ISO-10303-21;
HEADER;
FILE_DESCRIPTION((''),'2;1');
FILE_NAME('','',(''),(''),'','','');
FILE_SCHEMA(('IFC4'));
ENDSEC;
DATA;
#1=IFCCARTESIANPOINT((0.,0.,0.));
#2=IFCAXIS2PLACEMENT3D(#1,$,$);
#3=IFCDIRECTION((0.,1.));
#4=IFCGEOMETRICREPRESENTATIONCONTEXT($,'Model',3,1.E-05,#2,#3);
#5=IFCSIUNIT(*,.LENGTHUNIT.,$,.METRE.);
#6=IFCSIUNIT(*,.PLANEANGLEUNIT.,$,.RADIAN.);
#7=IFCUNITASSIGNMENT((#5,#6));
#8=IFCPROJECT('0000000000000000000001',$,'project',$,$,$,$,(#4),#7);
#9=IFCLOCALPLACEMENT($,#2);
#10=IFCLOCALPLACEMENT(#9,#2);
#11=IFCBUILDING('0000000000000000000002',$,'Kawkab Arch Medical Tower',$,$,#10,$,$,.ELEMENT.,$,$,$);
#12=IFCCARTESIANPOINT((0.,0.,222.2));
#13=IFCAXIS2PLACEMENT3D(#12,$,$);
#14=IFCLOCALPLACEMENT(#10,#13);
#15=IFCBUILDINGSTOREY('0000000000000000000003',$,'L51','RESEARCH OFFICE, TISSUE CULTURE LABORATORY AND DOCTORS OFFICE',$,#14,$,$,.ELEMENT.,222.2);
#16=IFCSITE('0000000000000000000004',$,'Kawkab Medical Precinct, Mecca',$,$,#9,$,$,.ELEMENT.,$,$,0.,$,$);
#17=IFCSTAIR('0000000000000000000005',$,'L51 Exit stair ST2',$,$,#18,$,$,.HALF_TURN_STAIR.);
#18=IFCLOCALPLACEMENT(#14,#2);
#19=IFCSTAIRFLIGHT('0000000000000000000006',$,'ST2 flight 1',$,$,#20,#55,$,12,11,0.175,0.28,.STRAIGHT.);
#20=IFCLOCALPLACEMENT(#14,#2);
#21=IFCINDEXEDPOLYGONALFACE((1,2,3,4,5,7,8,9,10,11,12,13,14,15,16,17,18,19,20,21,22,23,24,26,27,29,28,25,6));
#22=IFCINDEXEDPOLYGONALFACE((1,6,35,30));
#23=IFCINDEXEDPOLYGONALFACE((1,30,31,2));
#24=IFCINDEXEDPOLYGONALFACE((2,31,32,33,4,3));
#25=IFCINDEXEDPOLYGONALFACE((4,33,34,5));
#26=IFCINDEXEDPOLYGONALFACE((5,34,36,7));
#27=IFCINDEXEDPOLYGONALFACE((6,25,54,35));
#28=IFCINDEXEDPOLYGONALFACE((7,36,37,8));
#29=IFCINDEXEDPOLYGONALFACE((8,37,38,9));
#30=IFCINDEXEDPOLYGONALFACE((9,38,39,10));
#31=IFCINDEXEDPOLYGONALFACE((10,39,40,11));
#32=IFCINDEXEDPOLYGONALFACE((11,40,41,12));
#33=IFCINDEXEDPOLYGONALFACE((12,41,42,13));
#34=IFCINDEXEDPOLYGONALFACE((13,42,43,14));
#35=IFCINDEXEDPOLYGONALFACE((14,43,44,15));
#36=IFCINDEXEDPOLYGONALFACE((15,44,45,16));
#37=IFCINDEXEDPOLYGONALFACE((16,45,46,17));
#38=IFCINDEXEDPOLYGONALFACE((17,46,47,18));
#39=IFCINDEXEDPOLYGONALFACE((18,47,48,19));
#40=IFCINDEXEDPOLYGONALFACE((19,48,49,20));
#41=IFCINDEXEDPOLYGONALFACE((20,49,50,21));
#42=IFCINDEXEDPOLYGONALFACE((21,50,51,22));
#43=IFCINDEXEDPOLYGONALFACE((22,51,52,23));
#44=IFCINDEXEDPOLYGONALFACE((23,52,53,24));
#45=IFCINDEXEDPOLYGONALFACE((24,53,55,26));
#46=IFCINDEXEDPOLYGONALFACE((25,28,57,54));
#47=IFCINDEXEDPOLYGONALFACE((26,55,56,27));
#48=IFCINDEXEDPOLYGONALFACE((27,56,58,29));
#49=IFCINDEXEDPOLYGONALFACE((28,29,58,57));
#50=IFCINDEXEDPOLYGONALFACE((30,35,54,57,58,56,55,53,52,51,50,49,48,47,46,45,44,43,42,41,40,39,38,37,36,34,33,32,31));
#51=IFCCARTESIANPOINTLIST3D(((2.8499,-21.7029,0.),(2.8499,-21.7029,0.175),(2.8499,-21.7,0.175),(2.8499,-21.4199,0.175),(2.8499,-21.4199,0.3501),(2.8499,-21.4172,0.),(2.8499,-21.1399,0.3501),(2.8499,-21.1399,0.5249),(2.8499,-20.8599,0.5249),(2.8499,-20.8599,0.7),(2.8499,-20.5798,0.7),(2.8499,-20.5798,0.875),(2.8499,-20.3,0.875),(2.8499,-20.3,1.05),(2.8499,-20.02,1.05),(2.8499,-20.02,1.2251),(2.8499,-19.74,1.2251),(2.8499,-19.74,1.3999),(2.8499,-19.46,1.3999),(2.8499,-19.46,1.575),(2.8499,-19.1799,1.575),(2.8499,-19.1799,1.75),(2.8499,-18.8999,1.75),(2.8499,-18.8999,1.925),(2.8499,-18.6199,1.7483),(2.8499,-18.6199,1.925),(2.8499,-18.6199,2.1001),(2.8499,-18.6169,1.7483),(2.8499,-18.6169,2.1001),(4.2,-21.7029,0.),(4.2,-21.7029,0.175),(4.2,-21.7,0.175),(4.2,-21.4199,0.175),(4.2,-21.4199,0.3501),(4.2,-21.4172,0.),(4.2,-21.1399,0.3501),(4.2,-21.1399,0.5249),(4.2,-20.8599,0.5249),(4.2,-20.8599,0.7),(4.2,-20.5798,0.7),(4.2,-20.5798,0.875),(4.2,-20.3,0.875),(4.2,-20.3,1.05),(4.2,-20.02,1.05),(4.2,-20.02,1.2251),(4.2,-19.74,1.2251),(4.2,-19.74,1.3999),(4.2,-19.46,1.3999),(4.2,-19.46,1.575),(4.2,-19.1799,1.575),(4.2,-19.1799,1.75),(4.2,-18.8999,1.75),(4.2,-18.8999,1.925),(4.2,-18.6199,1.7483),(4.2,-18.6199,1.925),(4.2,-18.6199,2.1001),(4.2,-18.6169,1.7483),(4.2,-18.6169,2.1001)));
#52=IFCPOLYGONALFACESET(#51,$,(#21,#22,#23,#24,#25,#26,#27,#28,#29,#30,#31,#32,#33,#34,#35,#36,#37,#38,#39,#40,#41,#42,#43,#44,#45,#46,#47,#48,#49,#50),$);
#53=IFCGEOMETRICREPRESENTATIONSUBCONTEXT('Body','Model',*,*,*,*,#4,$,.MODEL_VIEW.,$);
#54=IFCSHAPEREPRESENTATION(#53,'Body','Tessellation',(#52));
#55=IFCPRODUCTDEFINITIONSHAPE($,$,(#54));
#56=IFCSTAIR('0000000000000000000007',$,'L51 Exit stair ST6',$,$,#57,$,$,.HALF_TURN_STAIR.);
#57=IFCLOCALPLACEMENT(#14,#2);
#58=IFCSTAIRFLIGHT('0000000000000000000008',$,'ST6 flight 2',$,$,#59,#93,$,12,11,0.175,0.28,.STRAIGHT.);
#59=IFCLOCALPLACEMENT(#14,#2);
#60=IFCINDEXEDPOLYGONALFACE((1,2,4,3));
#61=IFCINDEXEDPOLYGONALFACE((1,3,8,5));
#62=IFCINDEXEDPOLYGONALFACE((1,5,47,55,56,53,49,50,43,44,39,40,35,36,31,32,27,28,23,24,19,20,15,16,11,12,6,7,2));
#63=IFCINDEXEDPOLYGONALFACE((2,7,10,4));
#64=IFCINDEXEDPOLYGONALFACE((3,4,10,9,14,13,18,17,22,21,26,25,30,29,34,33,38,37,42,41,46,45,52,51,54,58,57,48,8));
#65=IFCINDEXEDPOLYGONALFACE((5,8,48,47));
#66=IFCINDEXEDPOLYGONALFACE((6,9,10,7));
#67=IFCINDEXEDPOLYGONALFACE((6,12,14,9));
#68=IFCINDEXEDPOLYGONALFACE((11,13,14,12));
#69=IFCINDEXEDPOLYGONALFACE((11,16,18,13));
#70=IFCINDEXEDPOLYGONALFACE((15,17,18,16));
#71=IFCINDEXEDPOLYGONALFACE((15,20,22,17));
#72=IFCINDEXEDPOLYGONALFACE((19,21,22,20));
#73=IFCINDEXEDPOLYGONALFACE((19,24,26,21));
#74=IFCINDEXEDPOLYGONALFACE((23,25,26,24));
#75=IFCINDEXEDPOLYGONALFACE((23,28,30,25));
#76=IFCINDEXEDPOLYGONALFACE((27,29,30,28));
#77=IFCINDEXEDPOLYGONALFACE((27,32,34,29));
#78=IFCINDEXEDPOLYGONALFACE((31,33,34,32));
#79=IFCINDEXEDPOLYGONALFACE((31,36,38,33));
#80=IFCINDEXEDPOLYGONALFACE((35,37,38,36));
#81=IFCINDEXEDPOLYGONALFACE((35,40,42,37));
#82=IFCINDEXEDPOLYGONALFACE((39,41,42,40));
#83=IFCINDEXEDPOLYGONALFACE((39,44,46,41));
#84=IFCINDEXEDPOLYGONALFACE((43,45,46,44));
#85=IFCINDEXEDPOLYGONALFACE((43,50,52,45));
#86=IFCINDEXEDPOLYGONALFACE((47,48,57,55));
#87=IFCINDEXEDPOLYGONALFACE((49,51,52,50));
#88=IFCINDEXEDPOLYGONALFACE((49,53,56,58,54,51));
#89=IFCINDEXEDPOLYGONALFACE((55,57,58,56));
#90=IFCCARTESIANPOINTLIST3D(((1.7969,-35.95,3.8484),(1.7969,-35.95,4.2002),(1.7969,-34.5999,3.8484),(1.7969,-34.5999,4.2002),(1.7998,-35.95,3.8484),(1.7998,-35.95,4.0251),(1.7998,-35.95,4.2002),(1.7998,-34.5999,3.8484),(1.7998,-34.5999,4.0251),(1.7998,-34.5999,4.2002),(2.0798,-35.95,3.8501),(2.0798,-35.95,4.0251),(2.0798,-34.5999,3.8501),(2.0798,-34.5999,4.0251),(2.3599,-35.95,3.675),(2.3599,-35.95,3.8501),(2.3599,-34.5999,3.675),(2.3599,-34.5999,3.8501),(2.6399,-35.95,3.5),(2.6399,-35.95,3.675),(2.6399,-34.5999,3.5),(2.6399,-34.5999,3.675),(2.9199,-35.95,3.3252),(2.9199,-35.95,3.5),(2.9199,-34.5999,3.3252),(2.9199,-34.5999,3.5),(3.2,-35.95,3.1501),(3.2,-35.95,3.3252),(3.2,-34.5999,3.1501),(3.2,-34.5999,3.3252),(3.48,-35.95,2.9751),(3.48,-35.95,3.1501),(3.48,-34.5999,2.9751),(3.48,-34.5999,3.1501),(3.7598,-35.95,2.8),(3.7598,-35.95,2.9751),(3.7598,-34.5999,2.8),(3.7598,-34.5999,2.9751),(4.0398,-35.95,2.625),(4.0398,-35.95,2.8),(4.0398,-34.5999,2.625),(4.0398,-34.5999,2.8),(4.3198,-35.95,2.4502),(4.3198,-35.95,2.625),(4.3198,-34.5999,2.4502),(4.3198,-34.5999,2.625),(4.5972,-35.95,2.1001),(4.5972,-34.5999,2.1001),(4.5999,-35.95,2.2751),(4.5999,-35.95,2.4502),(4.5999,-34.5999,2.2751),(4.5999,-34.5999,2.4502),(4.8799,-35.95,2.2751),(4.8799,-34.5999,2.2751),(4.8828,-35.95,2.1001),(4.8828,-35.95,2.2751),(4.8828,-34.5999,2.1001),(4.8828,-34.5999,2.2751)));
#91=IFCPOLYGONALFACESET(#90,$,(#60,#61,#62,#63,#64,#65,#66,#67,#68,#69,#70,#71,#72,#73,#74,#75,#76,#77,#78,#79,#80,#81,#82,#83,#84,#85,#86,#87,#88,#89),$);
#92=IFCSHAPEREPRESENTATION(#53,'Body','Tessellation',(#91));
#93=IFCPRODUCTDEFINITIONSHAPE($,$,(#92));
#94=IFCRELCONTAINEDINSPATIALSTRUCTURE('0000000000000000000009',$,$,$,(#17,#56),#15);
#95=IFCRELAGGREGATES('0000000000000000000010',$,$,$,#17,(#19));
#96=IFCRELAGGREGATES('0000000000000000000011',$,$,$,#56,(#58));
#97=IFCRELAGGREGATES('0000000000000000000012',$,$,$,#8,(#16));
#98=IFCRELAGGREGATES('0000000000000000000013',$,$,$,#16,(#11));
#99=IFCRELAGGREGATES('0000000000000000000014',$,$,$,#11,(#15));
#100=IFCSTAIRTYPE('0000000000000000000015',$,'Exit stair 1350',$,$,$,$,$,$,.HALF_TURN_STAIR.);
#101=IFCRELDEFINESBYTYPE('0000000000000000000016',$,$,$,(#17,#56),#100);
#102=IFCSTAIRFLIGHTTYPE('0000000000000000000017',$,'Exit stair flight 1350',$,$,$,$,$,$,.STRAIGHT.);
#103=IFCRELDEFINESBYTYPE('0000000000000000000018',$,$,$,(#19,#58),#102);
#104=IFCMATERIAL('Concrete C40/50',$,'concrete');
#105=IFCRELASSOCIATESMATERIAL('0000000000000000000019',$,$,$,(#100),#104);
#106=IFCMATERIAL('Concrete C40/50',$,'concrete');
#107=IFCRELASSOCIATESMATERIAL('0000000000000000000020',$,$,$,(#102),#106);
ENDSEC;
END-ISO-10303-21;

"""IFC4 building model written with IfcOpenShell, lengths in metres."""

from ifc_helpers import new_model, si_unit, direction, frame, origin, place, context, subcontext, project, spatial, polyline, outline, extrude, material, type_object, element, aggregate, save


model = new_model("IFC4")

# Units and contexts
model_context = context("Model", 3, precision=1e-05, world=origin(), true_north=direction((0.0, 1.0)))
body_context = subcontext(model_context, "Body", "Model", "MODEL_VIEW")
ifc_project = project(units=[si_unit("LENGTHUNIT", "METRE"), si_unit("PLANEANGLEUNIT", "RADIAN")], contexts=[model_context])

# Site, building, storey
site_placement = place(None, origin())
site = spatial("IfcSite", under=ifc_project, at=site_placement, Name="Kawkab Medical Precinct, Mecca", CompositionType="ELEMENT", RefElevation=0.0)
building_placement = place(site_placement, origin())
building = spatial("IfcBuilding", under=site, at=building_placement, Name="Kawkab Arch Medical Tower", CompositionType="ELEMENT")
storey_placement = place(building_placement, frame((0.0, 0.0, 222.2)))
storey = spatial("IfcBuildingStorey", under=building, at=storey_placement, Name="L51", Description="RESEARCH OFFICE, TISSUE CULTURE LABORATORY AND DOCTORS OFFICE", CompositionType="ELEMENT", Elevation=222.2)

# Stairs, stair flights
ifc_material_1 = material(Name="Concrete C40/50", Category="concrete")
stair_type = type_object("IfcStairType", Name="Exit stair 1350", PredefinedType="HALF_TURN_STAIR", material=ifc_material_1)
placement = place(storey_placement, origin())
stair_1 = element("IfcStair", 1, at=placement, inside=storey, type_object=stair_type, Name="L51 Exit stair ST2", PredefinedType="HALF_TURN_STAIR")
ifc_material_2 = material(Name="Concrete C40/50", Category="concrete")
stair_flight_type = type_object("IfcStairFlightType", Name="Exit stair flight 1350", PredefinedType="STRAIGHT", material=ifc_material_2)
stair_flight_1_placement = place(storey_placement, frame((3.5249, -21.7, 0.0), z_axis=(0.0, 0.0, 1.0), x_axis=(0.0, 1.0, 0.0)))
stair_flight_1 = element("IfcStairFlight", 2, at=stair_flight_1_placement, type_object=stair_flight_type, Name="ST2 flight 1", NumberOfRisers=12, NumberOfTreads=11, PredefinedType="STRAIGHT", RiserHeight=0.175, TreadLength=0.28, context=body_context, shape_type="SweptSolid", body=[
    extrude(outline(polyline([(-0.0029, 0.0), (-0.0029, 0.175), (0.0, 0.175), (0.28, 0.175), (0.28, 0.3501), (0.5601, 0.3501), (0.5601, 0.5249), (0.8401, 0.5249), (0.8401, 0.7), (1.1201, 0.7), (1.1201, 0.875), (1.3999, 0.875), (1.3999, 1.05), (1.6799, 1.05), (1.6799, 1.2251), (1.96, 1.2251), (1.96, 1.3999), (2.24, 1.3999), (2.24, 1.575), (2.52, 1.575), (2.52, 1.75), (2.8, 1.75), (2.8, 1.925), (3.0801, 1.925), (3.0801, 2.1001), (3.083, 2.1001), (3.083, 1.7483), (3.0801, 1.7483), (0.2827, 0.0), (-0.0029, 0.0)])), frame((0.0, 0.675, 0.0), z_axis=(0.0, -1.0, 0.0), x_axis=(1.0, 0.0, 0.0)), (0.0, 0.0, 1.0), 1.3501),
])
aggregate(stair_1, [stair_flight_1])
stair_2 = element("IfcStair", 3, at=placement, inside=storey, type_object=stair_type, Name="L51 Exit stair ST6", PredefinedType="HALF_TURN_STAIR")
stair_flight_2_placement = place(storey_placement, frame((4.8799, -35.2749, 2.1001), z_axis=(0.0, 0.0, 1.0), x_axis=(-1.0, 0.0, 0.0)))
stair_flight_2 = element("IfcStairFlight", 4, at=stair_flight_2_placement, type_object=stair_flight_type, Name="ST6 flight 2", NumberOfRisers=12, NumberOfTreads=11, PredefinedType="STRAIGHT", RiserHeight=0.175, TreadLength=0.28, context=body_context, shape_type="SweptSolid", body=[
    extrude(outline(polyline([(-0.0029, 0.0), (-0.0029, 0.175), (0.0, 0.175), (0.28, 0.175), (0.28, 0.3501), (0.5601, 0.3501), (0.5601, 0.5249), (0.8401, 0.5249), (0.8401, 0.7), (1.1201, 0.7), (1.1201, 0.875), (1.3999, 0.875), (1.3999, 1.05), (1.6799, 1.05), (1.6799, 1.2251), (1.96, 1.2251), (1.96, 1.3999), (2.24, 1.3999), (2.24, 1.575), (2.52, 1.575), (2.52, 1.75), (2.8, 1.75), (2.8, 1.925), (3.0801, 1.925), (3.0801, 2.1001), (3.083, 2.1001), (3.083, 1.7483), (3.0801, 1.7483), (0.2827, 0.0), (-0.0029, 0.0)])), frame((0.0, 0.675, 0.0), z_axis=(0.0, -1.0, 0.0), x_axis=(1.0, 0.0, 0.0)), (0.0, 0.0, 1.0), 1.3501),
])
aggregate(stair_2, [stair_flight_2])

save(model, "model.ifc")
